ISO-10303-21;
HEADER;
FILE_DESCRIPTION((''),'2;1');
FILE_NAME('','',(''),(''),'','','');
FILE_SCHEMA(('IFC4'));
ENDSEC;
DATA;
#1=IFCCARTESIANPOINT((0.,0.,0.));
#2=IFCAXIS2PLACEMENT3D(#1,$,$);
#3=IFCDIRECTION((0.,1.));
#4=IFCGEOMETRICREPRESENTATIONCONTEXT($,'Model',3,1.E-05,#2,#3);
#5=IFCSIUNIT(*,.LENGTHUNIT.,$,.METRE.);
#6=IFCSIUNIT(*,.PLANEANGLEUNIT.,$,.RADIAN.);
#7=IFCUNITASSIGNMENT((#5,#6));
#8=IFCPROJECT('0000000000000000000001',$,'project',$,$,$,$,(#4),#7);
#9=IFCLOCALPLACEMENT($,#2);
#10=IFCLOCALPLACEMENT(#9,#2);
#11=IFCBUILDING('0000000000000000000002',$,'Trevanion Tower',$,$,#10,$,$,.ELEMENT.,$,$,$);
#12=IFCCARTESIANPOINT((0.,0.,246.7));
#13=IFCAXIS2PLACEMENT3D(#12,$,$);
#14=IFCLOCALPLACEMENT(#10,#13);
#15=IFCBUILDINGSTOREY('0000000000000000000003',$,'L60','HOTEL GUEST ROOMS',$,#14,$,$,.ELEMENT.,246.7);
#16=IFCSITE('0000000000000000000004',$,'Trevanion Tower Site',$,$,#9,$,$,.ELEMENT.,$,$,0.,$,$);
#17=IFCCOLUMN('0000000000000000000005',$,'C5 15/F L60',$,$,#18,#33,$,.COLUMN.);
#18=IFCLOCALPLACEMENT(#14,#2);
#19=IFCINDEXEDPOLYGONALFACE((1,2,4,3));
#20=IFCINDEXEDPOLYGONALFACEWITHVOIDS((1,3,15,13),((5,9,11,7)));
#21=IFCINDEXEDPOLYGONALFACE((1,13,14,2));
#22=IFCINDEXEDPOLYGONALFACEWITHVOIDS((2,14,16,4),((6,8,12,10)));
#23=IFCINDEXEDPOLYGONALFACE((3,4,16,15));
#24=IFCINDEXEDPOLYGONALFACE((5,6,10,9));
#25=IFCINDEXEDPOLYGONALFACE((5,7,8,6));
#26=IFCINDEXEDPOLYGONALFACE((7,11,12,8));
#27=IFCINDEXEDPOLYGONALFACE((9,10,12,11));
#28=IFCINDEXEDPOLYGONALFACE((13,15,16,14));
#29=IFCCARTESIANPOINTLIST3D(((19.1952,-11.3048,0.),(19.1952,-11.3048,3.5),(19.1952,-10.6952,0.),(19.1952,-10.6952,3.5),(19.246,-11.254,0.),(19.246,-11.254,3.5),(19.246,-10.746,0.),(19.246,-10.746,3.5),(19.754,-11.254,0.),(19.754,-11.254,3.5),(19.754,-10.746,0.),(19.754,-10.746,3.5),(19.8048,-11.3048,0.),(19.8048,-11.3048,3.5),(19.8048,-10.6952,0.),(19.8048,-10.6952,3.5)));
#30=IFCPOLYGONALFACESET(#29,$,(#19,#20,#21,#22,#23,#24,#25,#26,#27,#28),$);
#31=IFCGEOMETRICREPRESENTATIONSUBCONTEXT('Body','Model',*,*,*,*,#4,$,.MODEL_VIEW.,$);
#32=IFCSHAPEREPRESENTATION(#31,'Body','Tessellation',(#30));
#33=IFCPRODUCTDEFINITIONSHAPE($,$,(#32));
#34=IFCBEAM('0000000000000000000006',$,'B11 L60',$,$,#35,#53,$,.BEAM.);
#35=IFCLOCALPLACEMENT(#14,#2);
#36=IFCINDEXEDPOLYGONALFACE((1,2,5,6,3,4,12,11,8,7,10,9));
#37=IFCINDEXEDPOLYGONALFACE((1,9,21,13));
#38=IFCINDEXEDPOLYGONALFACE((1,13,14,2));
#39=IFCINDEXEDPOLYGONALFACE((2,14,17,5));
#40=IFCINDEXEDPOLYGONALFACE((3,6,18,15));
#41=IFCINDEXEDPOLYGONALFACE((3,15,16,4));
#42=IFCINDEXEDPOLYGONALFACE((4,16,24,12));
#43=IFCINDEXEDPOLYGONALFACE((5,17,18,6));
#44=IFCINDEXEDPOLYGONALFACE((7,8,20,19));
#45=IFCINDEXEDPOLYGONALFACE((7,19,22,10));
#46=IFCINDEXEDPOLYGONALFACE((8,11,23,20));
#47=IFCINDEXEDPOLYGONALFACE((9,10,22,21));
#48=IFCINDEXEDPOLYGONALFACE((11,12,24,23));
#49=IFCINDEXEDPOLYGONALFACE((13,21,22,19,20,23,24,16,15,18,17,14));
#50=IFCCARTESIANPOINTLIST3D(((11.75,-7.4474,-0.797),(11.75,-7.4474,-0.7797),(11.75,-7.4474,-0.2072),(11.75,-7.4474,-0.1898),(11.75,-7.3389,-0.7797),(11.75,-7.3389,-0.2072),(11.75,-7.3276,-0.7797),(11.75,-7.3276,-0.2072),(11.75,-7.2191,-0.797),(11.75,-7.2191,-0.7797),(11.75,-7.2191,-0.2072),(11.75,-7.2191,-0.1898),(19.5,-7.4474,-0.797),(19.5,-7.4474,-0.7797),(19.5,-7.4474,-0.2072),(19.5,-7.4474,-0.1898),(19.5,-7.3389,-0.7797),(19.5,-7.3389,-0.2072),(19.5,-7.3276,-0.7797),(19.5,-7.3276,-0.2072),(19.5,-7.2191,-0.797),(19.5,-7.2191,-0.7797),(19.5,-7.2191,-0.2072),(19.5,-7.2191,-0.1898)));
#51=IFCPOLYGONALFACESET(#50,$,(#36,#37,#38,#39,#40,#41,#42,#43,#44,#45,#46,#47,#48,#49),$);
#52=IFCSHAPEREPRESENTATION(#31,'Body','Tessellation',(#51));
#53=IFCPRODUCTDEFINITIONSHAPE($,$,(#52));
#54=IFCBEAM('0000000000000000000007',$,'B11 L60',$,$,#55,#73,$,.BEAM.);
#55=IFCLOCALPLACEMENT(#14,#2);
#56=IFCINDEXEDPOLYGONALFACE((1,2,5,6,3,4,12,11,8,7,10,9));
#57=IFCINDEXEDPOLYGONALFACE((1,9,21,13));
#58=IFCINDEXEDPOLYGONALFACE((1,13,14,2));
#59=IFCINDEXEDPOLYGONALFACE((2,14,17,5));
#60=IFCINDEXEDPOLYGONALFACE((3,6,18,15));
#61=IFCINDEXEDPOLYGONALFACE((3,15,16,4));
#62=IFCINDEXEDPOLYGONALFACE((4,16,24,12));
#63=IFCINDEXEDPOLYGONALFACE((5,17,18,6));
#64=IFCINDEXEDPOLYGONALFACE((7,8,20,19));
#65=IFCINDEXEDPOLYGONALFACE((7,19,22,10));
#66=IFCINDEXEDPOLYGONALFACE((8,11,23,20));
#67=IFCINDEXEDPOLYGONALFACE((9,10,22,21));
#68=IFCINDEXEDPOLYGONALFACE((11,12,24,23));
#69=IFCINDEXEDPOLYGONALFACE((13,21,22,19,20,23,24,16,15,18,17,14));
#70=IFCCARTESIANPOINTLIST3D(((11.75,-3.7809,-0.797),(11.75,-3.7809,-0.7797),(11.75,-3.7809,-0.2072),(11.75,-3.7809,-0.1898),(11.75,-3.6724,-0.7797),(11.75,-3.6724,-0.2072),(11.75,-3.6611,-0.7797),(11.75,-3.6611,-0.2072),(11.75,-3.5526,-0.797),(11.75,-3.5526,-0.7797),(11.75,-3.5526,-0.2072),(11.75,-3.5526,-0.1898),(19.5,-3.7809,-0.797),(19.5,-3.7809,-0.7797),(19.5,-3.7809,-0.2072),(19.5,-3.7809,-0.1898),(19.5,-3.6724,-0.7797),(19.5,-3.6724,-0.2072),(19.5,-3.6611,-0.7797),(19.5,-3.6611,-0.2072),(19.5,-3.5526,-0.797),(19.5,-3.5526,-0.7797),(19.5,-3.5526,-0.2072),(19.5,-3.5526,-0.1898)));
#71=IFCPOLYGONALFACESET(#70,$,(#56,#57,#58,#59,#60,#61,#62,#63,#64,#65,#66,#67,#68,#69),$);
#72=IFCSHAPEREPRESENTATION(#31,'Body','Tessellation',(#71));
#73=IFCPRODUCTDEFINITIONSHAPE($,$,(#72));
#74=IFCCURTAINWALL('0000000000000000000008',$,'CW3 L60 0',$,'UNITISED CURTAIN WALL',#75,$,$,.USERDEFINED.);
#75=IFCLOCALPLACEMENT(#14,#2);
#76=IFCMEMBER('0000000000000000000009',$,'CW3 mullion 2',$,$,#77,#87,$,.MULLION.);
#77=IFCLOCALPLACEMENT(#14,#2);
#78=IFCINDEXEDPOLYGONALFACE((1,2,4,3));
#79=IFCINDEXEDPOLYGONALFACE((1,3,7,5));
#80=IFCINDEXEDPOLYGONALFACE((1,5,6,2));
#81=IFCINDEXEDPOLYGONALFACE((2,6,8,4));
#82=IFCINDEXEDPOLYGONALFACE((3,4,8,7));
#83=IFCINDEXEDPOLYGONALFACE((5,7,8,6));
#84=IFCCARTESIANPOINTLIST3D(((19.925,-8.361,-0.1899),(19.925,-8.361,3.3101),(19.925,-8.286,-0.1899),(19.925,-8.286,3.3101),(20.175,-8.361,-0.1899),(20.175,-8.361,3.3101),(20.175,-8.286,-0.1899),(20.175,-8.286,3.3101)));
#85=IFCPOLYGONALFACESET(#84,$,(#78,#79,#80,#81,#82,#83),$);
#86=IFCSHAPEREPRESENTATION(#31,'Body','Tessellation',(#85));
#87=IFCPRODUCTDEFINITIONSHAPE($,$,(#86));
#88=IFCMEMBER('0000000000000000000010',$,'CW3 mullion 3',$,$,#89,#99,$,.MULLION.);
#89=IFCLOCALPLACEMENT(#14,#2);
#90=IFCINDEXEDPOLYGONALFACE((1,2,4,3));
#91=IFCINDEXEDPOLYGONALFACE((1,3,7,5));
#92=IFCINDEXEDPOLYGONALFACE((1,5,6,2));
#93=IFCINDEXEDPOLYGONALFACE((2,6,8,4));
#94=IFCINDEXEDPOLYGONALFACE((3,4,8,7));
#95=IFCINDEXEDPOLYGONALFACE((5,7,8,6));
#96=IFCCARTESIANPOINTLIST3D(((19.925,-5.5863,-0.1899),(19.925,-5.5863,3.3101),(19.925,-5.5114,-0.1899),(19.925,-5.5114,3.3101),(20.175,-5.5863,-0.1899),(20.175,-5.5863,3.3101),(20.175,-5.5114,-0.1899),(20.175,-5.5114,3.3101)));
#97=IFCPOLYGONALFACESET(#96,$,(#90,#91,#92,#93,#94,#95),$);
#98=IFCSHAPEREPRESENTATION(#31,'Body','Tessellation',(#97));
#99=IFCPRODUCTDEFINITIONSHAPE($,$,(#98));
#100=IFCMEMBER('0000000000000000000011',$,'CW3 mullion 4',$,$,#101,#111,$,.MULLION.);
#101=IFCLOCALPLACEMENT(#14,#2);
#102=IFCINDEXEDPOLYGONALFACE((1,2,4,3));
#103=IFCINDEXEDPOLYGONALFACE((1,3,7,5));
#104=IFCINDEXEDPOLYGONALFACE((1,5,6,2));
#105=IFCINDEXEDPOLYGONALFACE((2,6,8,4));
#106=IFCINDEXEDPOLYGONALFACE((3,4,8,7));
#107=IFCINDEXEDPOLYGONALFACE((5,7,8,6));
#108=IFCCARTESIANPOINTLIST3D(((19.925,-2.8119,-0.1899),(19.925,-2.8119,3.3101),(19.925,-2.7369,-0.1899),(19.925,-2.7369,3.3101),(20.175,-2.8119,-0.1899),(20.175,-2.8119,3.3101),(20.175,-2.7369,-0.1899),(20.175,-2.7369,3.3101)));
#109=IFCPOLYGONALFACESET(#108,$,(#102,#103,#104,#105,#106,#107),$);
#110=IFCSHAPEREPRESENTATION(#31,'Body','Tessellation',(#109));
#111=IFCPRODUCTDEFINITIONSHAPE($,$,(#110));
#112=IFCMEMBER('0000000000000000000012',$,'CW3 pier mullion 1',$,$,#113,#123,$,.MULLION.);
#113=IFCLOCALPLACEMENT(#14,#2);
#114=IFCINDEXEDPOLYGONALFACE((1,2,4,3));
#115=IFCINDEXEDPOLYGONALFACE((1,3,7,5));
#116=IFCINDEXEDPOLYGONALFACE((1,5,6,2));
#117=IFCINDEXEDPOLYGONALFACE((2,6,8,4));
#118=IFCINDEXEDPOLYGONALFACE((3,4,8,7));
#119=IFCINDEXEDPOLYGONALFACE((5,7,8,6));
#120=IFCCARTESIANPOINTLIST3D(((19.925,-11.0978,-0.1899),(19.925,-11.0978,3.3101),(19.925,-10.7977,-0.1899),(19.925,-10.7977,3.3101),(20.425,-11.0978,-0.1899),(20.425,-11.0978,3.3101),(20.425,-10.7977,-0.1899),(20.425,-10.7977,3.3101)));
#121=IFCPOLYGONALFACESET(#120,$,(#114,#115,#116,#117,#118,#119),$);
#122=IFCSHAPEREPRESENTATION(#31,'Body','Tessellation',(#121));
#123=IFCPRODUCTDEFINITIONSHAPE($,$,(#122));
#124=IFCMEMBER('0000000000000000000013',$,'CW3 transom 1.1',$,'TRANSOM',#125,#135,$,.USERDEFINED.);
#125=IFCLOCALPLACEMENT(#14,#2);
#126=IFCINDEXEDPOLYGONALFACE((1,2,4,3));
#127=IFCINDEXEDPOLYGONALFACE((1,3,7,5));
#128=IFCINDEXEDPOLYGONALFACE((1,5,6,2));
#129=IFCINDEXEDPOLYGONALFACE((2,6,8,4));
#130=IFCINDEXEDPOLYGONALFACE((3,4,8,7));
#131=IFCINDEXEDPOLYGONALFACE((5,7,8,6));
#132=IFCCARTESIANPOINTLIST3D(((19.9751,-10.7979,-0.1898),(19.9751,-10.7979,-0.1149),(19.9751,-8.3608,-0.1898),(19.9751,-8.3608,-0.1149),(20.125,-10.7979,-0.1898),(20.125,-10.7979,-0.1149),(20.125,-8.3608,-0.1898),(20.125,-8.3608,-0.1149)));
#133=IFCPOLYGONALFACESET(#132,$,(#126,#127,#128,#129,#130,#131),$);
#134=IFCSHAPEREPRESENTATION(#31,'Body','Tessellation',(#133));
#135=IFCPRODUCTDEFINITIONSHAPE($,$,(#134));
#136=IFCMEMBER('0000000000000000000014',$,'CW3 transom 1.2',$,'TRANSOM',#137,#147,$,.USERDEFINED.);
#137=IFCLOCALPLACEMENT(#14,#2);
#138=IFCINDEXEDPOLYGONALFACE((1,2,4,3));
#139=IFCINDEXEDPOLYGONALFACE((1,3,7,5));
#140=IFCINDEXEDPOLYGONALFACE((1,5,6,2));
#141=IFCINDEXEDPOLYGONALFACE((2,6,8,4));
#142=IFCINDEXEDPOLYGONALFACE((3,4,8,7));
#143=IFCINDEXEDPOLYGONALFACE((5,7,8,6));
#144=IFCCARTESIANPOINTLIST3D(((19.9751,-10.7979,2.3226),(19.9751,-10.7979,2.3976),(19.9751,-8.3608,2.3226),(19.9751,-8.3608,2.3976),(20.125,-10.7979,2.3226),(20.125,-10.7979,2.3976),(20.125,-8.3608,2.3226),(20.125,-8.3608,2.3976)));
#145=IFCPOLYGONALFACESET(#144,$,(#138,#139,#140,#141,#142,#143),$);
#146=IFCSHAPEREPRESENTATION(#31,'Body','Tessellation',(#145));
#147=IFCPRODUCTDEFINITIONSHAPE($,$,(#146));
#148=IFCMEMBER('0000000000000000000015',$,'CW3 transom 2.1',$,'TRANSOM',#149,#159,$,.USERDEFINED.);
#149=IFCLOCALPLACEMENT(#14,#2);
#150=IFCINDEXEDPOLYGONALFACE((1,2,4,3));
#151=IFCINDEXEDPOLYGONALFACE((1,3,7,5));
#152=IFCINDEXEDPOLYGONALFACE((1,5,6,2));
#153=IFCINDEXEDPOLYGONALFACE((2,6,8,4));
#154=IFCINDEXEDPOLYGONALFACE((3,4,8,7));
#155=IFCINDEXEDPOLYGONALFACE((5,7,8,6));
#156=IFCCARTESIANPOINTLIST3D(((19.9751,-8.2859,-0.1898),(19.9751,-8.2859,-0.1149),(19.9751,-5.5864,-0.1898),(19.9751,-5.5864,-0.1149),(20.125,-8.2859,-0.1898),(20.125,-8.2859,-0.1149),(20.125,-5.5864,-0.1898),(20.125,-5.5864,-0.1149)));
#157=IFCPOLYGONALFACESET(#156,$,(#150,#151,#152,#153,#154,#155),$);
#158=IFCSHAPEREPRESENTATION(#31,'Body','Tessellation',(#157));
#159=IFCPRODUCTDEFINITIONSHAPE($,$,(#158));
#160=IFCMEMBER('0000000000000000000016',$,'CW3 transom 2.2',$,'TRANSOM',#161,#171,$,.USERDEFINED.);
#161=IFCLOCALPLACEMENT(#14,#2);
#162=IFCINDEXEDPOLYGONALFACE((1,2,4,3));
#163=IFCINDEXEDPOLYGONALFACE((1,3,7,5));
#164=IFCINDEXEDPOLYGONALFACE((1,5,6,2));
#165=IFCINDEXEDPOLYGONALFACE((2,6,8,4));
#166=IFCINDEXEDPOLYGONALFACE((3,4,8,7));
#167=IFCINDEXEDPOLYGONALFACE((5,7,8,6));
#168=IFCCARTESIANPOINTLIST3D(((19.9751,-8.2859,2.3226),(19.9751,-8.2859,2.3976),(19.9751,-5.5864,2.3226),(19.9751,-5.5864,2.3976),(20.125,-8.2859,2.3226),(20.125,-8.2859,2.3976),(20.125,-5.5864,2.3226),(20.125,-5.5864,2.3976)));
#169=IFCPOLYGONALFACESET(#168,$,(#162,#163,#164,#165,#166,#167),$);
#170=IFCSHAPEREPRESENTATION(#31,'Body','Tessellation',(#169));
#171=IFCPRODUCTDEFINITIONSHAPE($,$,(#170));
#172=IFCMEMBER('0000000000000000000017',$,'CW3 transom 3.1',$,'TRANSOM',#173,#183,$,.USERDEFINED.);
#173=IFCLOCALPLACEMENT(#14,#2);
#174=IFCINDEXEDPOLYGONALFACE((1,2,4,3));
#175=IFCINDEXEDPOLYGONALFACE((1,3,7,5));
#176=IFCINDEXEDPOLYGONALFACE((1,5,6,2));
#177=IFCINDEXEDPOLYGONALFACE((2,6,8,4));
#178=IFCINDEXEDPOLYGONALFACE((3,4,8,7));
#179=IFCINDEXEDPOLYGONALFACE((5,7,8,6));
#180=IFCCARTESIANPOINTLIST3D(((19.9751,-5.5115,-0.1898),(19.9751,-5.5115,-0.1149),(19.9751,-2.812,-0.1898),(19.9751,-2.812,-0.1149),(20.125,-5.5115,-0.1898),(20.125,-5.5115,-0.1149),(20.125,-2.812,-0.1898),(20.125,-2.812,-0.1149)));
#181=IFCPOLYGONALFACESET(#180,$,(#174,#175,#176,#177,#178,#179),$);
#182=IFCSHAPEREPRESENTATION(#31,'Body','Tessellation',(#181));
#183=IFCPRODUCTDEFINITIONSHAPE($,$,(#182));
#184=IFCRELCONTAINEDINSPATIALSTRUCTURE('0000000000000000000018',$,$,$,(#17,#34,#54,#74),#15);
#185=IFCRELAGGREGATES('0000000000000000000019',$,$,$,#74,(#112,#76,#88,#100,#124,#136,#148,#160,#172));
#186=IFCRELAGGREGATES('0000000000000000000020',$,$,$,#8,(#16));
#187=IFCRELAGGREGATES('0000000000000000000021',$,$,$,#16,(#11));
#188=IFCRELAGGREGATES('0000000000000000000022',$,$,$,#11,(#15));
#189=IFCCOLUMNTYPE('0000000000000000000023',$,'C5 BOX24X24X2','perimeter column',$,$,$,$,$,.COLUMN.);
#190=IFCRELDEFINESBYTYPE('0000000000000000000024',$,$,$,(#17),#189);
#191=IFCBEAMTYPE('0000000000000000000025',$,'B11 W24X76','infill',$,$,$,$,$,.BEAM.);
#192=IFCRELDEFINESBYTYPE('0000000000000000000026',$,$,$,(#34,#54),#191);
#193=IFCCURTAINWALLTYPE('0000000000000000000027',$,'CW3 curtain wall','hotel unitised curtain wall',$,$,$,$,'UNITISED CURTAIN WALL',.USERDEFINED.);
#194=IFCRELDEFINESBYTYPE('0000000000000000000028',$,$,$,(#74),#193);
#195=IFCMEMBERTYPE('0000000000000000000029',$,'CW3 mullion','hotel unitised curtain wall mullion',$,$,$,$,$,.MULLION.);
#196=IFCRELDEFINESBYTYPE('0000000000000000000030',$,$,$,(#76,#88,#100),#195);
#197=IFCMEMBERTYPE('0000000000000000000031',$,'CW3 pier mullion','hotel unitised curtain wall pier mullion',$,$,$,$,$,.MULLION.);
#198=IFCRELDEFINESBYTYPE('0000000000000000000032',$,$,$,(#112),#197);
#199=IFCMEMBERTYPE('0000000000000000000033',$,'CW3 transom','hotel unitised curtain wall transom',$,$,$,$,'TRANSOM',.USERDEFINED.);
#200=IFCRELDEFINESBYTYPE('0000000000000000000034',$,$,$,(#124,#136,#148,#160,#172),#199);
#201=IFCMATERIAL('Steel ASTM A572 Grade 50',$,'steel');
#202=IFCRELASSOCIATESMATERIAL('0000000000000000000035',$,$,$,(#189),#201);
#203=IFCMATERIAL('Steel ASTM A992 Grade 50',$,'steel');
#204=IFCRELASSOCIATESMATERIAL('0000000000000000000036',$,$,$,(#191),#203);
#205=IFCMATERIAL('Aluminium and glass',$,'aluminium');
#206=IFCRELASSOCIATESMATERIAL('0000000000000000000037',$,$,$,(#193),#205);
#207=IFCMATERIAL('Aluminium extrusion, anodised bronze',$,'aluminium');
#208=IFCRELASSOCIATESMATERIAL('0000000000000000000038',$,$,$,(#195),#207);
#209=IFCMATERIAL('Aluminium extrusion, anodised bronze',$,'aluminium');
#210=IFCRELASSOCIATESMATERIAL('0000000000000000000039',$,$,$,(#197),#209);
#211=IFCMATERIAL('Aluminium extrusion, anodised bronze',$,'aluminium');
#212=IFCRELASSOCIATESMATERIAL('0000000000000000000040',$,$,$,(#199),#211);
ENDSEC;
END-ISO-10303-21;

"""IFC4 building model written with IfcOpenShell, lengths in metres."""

from ifc_helpers import new_model, si_unit, direction, frame, origin, origin_2d, place, context, subcontext, project, spatial, rectangle, hollow_rectangle, i_section, extrude, material, material_profile, profile_set, type_object, element, aggregate, save


model = new_model("IFC4")

# Units and contexts
model_context = context("Model", 3, precision=1e-05, world=origin(), true_north=direction((0.0, 1.0)))
body_context = subcontext(model_context, "Body", "Model", "MODEL_VIEW")
ifc_project = project(units=[si_unit("LENGTHUNIT", "METRE"), si_unit("PLANEANGLEUNIT", "RADIAN")], contexts=[model_context])

# Site, building, storey
site_placement = place(None, origin())
site = spatial("IfcSite", under=ifc_project, at=site_placement, Name="Trevanion Tower Site", CompositionType="ELEMENT", RefElevation=0.0)
building_placement = place(site_placement, origin())
building = spatial("IfcBuilding", under=site, at=building_placement, Name="Trevanion Tower", CompositionType="ELEMENT")
storey_placement = place(building_placement, frame((0.0, 0.0, 246.7)))
storey = spatial("IfcBuildingStorey", under=building, at=storey_placement, Name="L60", Description="HOTEL GUEST ROOMS", CompositionType="ELEMENT", Elevation=246.7)

# Column
ifc_material_1 = material(Name="Steel ASTM A572 Grade 50", Category="steel")
ifc_material_profile_1 = material_profile(ifc_material_1, hollow_rectangle(XDim=0.6096, YDim=0.6096, WallThickness=0.0508, at=origin_2d()), Name="BOX24X24X2")
ifc_profile_set_1 = profile_set([ifc_material_profile_1], Name="Steel ASTM A572 Grade 50")
column_type = type_object("IfcColumnType", Name="C5 BOX24X24X2", Description="perimeter column", PredefinedType="COLUMN", material=ifc_profile_set_1)
column_placement = place(storey_placement, frame((19.5, -11.0, 0.0), z_axis=(0.0, 0.0, 1.0), x_axis=(0.0, 1.0, 0.0)))
element("IfcColumn", 1, at=column_placement, inside=storey, type_object=column_type, Name="C5 15/F L60", PredefinedType="COLUMN", context=body_context, shape_type="SweptSolid", body=[
    extrude(hollow_rectangle(XDim=0.6096, YDim=0.6096, WallThickness=0.0508, at=origin_2d()), origin(), (0.0, 0.0, 1.0), 3.5),
])

# Beams
ifc_material_2 = material(Name="Steel ASTM A992 Grade 50", Category="steel")
ifc_material_profile_2 = material_profile(ifc_material_2, i_section(OverallWidth=0.2283, OverallDepth=0.6072, WebThickness=0.0112, FlangeThickness=0.0173, at=origin_2d()), Name="W24X76")
ifc_profile_set_2 = profile_set([ifc_material_profile_2], Name="Steel ASTM A992 Grade 50")
beam_type_1 = type_object("IfcBeamType", Name="B11 W24X76", Description="infill", PredefinedType="BEAM", material=ifc_profile_set_2)
for number, where, z_axis, x_axis, name in (
    (2, (11.75, -7.3333, -0.4934), (1.0, 0.0, 0.0), (0.0, 1.0, 0.0), "B11 L60"),
    (3, (11.75, -3.6667, -0.4934), (1.0, 0.0, 0.0), (0.0, 1.0, 0.0), "B11 L60"),
):
    element("IfcBeam", number, at=place(storey_placement, frame(where, z_axis=z_axis, x_axis=x_axis)), inside=storey, type_object=beam_type_1, Name=name, PredefinedType="BEAM", context=body_context, shape_type="SweptSolid", body=[
        extrude(i_section(OverallWidth=0.2283, OverallDepth=0.6072, WebThickness=0.0112, FlangeThickness=0.0173, at=origin_2d()), origin(), (0.0, 0.0, 1.0), 7.75),
    ])

# Curtain wall, members
ifc_material_3 = material(Name="Aluminium and glass", Category="aluminium")
curtain_wall_type = type_object("IfcCurtainWallType", Name="CW3 curtain wall", Description="hotel unitised curtain wall", ElementType="UNITISED CURTAIN WALL", PredefinedType="USERDEFINED", material=ifc_material_3)
curtain_wall_placement = place(storey_placement, origin())
curtain_wall = element("IfcCurtainWall", 4, at=curtain_wall_placement, inside=storey, type_object=curtain_wall_type, Name="CW3 L60 0", ObjectType="UNITISED CURTAIN WALL", PredefinedType="USERDEFINED")
ifc_material_4 = material(Name="Aluminium extrusion, anodised bronze", Category="aluminium")
ifc_material_profile_3 = material_profile(ifc_material_4, rectangle(XDim=0.075, YDim=0.25, at=origin_2d()), Name="CW3 mullion")
ifc_profile_set_3 = profile_set([ifc_material_profile_3], Name="Aluminium extrusion, anodised bronze")
member_type_1 = type_object("IfcMemberType", Name="CW3 mullion", Description="hotel unitised curtain wall mullion", PredefinedType="MULLION", material=ifc_profile_set_3)
member_1_placement = place(storey_placement, frame((20.05, -8.3235, -0.1899), z_axis=(0.0, 0.0, 1.0), x_axis=(0.0, 1.0, 0.0)))
member_1 = element("IfcMember", 5, at=member_1_placement, type_object=member_type_1, Name="CW3 mullion 2", PredefinedType="MULLION", context=body_context, shape_type="SweptSolid", body=[
    extrude(rectangle(XDim=0.075, YDim=0.25, at=origin_2d()), origin(), (0.0, 0.0, 1.0), 3.5),
])
member_2_placement = place(storey_placement, frame((20.05, -5.5488, -0.1899), z_axis=(0.0, 0.0, 1.0), x_axis=(0.0, 1.0, 0.0)))
member_2 = element("IfcMember", 6, at=member_2_placement, type_object=member_type_1, Name="CW3 mullion 3", PredefinedType="MULLION", context=body_context, shape_type="SweptSolid", body=[
    extrude(rectangle(XDim=0.075, YDim=0.25, at=origin_2d()), origin(), (0.0, 0.0, 1.0), 3.5),
])
member_3_placement = place(storey_placement, frame((20.05, -2.7744, -0.1899), z_axis=(0.0, 0.0, 1.0), x_axis=(0.0, 1.0, 0.0)))
member_3 = element("IfcMember", 7, at=member_3_placement, type_object=member_type_1, Name="CW3 mullion 4", PredefinedType="MULLION", context=body_context, shape_type="SweptSolid", body=[
    extrude(rectangle(XDim=0.075, YDim=0.25, at=origin_2d()), origin(), (0.0, 0.0, 1.0), 3.5),
])
ifc_material_5 = material(Name="Aluminium extrusion, anodised bronze", Category="aluminium")
ifc_material_profile_4 = material_profile(ifc_material_5, rectangle(XDim=0.3, YDim=0.5, at=origin_2d()), Name="CW3 pier mullion")
ifc_profile_set_4 = profile_set([ifc_material_profile_4], Name="Aluminium extrusion, anodised bronze")
member_type_2 = type_object("IfcMemberType", Name="CW3 pier mullion", Description="hotel unitised curtain wall pier mullion", PredefinedType="MULLION", material=ifc_profile_set_4)
member_4_placement = place(storey_placement, frame((20.175, -10.9478, -0.1899), z_axis=(0.0, 0.0, 1.0), x_axis=(0.0, 1.0, 0.0)))
member_4 = element("IfcMember", 8, at=member_4_placement, type_object=member_type_2, Name="CW3 pier mullion 1", PredefinedType="MULLION", context=body_context, shape_type="SweptSolid", body=[
    extrude(rectangle(XDim=0.3, YDim=0.5, at=origin_2d()), origin(), (0.0, 0.0, 1.0), 3.5),
])
ifc_material_6 = material(Name="Aluminium extrusion, anodised bronze", Category="aluminium")
ifc_material_profile_5 = material_profile(ifc_material_6, rectangle(XDim=0.1499, YDim=0.075, at=origin_2d()), Name="CW3 transom")
ifc_profile_set_5 = profile_set([ifc_material_profile_5], Name="Aluminium extrusion, anodised bronze")
member_type_3 = type_object("IfcMemberType", Name="CW3 transom", Description="hotel unitised curtain wall transom", ElementType="TRANSOM", PredefinedType="USERDEFINED", material=ifc_profile_set_5)
member_5_placement = place(storey_placement, frame((20.05, -10.7979, -0.1523), z_axis=(0.0, 1.0, 0.0), x_axis=(-1.0, 0.0, 0.0)))
member_5 = element("IfcMember", 9, at=member_5_placement, type_object=member_type_3, Name="CW3 transom 1.1", ObjectType="TRANSOM", PredefinedType="USERDEFINED", context=body_context, shape_type="SweptSolid", body=[
    extrude(rectangle(XDim=0.1499, YDim=0.075, at=origin_2d()), origin(), (0.0, 0.0, 1.0), 2.437),
])
member_6_placement = place(storey_placement, frame((20.05, -10.7979, 2.3601), z_axis=(0.0, 1.0, 0.0), x_axis=(-1.0, 0.0, 0.0)))
member_6 = element("IfcMember", 10, at=member_6_placement, type_object=member_type_3, Name="CW3 transom 1.2", ObjectType="TRANSOM", PredefinedType="USERDEFINED", context=body_context, shape_type="SweptSolid", body=[
    extrude(rectangle(XDim=0.1499, YDim=0.075, at=origin_2d()), origin(), (0.0, 0.0, 1.0), 2.437),
])
member_7_placement = place(storey_placement, frame((20.05, -8.2859, -0.1523), z_axis=(0.0, 1.0, 0.0), x_axis=(-1.0, 0.0, 0.0)))
member_7 = element("IfcMember", 11, at=member_7_placement, type_object=member_type_3, Name="CW3 transom 2.1", ObjectType="TRANSOM", PredefinedType="USERDEFINED", context=body_context, shape_type="SweptSolid", body=[
    extrude(rectangle(XDim=0.1499, YDim=0.075, at=origin_2d()), origin(), (0.0, 0.0, 1.0), 2.6995),
])
member_8_placement = place(storey_placement, frame((20.05, -8.2859, 2.3601), z_axis=(0.0, 1.0, 0.0), x_axis=(-1.0, 0.0, 0.0)))
member_8 = element("IfcMember", 12, at=member_8_placement, type_object=member_type_3, Name="CW3 transom 2.2", ObjectType="TRANSOM", PredefinedType="USERDEFINED", context=body_context, shape_type="SweptSolid", body=[
    extrude(rectangle(XDim=0.1499, YDim=0.075, at=origin_2d()), origin(), (0.0, 0.0, 1.0), 2.6995),
])
member_9_placement = place(storey_placement, frame((20.05, -5.5115, -0.1523), z_axis=(0.0, 1.0, 0.0), x_axis=(-1.0, 0.0, 0.0)))
member_9 = element("IfcMember", 13, at=member_9_placement, type_object=member_type_3, Name="CW3 transom 3.1", ObjectType="TRANSOM", PredefinedType="USERDEFINED", context=body_context, shape_type="SweptSolid", body=[
    extrude(rectangle(XDim=0.1499, YDim=0.075, at=origin_2d()), origin(), (0.0, 0.0, 1.0), 2.6995),
])

aggregate(curtain_wall, [member_4, member_1, member_2, member_3, member_5, member_6, member_7, member_8, member_9])

save(model, "model.ifc")
